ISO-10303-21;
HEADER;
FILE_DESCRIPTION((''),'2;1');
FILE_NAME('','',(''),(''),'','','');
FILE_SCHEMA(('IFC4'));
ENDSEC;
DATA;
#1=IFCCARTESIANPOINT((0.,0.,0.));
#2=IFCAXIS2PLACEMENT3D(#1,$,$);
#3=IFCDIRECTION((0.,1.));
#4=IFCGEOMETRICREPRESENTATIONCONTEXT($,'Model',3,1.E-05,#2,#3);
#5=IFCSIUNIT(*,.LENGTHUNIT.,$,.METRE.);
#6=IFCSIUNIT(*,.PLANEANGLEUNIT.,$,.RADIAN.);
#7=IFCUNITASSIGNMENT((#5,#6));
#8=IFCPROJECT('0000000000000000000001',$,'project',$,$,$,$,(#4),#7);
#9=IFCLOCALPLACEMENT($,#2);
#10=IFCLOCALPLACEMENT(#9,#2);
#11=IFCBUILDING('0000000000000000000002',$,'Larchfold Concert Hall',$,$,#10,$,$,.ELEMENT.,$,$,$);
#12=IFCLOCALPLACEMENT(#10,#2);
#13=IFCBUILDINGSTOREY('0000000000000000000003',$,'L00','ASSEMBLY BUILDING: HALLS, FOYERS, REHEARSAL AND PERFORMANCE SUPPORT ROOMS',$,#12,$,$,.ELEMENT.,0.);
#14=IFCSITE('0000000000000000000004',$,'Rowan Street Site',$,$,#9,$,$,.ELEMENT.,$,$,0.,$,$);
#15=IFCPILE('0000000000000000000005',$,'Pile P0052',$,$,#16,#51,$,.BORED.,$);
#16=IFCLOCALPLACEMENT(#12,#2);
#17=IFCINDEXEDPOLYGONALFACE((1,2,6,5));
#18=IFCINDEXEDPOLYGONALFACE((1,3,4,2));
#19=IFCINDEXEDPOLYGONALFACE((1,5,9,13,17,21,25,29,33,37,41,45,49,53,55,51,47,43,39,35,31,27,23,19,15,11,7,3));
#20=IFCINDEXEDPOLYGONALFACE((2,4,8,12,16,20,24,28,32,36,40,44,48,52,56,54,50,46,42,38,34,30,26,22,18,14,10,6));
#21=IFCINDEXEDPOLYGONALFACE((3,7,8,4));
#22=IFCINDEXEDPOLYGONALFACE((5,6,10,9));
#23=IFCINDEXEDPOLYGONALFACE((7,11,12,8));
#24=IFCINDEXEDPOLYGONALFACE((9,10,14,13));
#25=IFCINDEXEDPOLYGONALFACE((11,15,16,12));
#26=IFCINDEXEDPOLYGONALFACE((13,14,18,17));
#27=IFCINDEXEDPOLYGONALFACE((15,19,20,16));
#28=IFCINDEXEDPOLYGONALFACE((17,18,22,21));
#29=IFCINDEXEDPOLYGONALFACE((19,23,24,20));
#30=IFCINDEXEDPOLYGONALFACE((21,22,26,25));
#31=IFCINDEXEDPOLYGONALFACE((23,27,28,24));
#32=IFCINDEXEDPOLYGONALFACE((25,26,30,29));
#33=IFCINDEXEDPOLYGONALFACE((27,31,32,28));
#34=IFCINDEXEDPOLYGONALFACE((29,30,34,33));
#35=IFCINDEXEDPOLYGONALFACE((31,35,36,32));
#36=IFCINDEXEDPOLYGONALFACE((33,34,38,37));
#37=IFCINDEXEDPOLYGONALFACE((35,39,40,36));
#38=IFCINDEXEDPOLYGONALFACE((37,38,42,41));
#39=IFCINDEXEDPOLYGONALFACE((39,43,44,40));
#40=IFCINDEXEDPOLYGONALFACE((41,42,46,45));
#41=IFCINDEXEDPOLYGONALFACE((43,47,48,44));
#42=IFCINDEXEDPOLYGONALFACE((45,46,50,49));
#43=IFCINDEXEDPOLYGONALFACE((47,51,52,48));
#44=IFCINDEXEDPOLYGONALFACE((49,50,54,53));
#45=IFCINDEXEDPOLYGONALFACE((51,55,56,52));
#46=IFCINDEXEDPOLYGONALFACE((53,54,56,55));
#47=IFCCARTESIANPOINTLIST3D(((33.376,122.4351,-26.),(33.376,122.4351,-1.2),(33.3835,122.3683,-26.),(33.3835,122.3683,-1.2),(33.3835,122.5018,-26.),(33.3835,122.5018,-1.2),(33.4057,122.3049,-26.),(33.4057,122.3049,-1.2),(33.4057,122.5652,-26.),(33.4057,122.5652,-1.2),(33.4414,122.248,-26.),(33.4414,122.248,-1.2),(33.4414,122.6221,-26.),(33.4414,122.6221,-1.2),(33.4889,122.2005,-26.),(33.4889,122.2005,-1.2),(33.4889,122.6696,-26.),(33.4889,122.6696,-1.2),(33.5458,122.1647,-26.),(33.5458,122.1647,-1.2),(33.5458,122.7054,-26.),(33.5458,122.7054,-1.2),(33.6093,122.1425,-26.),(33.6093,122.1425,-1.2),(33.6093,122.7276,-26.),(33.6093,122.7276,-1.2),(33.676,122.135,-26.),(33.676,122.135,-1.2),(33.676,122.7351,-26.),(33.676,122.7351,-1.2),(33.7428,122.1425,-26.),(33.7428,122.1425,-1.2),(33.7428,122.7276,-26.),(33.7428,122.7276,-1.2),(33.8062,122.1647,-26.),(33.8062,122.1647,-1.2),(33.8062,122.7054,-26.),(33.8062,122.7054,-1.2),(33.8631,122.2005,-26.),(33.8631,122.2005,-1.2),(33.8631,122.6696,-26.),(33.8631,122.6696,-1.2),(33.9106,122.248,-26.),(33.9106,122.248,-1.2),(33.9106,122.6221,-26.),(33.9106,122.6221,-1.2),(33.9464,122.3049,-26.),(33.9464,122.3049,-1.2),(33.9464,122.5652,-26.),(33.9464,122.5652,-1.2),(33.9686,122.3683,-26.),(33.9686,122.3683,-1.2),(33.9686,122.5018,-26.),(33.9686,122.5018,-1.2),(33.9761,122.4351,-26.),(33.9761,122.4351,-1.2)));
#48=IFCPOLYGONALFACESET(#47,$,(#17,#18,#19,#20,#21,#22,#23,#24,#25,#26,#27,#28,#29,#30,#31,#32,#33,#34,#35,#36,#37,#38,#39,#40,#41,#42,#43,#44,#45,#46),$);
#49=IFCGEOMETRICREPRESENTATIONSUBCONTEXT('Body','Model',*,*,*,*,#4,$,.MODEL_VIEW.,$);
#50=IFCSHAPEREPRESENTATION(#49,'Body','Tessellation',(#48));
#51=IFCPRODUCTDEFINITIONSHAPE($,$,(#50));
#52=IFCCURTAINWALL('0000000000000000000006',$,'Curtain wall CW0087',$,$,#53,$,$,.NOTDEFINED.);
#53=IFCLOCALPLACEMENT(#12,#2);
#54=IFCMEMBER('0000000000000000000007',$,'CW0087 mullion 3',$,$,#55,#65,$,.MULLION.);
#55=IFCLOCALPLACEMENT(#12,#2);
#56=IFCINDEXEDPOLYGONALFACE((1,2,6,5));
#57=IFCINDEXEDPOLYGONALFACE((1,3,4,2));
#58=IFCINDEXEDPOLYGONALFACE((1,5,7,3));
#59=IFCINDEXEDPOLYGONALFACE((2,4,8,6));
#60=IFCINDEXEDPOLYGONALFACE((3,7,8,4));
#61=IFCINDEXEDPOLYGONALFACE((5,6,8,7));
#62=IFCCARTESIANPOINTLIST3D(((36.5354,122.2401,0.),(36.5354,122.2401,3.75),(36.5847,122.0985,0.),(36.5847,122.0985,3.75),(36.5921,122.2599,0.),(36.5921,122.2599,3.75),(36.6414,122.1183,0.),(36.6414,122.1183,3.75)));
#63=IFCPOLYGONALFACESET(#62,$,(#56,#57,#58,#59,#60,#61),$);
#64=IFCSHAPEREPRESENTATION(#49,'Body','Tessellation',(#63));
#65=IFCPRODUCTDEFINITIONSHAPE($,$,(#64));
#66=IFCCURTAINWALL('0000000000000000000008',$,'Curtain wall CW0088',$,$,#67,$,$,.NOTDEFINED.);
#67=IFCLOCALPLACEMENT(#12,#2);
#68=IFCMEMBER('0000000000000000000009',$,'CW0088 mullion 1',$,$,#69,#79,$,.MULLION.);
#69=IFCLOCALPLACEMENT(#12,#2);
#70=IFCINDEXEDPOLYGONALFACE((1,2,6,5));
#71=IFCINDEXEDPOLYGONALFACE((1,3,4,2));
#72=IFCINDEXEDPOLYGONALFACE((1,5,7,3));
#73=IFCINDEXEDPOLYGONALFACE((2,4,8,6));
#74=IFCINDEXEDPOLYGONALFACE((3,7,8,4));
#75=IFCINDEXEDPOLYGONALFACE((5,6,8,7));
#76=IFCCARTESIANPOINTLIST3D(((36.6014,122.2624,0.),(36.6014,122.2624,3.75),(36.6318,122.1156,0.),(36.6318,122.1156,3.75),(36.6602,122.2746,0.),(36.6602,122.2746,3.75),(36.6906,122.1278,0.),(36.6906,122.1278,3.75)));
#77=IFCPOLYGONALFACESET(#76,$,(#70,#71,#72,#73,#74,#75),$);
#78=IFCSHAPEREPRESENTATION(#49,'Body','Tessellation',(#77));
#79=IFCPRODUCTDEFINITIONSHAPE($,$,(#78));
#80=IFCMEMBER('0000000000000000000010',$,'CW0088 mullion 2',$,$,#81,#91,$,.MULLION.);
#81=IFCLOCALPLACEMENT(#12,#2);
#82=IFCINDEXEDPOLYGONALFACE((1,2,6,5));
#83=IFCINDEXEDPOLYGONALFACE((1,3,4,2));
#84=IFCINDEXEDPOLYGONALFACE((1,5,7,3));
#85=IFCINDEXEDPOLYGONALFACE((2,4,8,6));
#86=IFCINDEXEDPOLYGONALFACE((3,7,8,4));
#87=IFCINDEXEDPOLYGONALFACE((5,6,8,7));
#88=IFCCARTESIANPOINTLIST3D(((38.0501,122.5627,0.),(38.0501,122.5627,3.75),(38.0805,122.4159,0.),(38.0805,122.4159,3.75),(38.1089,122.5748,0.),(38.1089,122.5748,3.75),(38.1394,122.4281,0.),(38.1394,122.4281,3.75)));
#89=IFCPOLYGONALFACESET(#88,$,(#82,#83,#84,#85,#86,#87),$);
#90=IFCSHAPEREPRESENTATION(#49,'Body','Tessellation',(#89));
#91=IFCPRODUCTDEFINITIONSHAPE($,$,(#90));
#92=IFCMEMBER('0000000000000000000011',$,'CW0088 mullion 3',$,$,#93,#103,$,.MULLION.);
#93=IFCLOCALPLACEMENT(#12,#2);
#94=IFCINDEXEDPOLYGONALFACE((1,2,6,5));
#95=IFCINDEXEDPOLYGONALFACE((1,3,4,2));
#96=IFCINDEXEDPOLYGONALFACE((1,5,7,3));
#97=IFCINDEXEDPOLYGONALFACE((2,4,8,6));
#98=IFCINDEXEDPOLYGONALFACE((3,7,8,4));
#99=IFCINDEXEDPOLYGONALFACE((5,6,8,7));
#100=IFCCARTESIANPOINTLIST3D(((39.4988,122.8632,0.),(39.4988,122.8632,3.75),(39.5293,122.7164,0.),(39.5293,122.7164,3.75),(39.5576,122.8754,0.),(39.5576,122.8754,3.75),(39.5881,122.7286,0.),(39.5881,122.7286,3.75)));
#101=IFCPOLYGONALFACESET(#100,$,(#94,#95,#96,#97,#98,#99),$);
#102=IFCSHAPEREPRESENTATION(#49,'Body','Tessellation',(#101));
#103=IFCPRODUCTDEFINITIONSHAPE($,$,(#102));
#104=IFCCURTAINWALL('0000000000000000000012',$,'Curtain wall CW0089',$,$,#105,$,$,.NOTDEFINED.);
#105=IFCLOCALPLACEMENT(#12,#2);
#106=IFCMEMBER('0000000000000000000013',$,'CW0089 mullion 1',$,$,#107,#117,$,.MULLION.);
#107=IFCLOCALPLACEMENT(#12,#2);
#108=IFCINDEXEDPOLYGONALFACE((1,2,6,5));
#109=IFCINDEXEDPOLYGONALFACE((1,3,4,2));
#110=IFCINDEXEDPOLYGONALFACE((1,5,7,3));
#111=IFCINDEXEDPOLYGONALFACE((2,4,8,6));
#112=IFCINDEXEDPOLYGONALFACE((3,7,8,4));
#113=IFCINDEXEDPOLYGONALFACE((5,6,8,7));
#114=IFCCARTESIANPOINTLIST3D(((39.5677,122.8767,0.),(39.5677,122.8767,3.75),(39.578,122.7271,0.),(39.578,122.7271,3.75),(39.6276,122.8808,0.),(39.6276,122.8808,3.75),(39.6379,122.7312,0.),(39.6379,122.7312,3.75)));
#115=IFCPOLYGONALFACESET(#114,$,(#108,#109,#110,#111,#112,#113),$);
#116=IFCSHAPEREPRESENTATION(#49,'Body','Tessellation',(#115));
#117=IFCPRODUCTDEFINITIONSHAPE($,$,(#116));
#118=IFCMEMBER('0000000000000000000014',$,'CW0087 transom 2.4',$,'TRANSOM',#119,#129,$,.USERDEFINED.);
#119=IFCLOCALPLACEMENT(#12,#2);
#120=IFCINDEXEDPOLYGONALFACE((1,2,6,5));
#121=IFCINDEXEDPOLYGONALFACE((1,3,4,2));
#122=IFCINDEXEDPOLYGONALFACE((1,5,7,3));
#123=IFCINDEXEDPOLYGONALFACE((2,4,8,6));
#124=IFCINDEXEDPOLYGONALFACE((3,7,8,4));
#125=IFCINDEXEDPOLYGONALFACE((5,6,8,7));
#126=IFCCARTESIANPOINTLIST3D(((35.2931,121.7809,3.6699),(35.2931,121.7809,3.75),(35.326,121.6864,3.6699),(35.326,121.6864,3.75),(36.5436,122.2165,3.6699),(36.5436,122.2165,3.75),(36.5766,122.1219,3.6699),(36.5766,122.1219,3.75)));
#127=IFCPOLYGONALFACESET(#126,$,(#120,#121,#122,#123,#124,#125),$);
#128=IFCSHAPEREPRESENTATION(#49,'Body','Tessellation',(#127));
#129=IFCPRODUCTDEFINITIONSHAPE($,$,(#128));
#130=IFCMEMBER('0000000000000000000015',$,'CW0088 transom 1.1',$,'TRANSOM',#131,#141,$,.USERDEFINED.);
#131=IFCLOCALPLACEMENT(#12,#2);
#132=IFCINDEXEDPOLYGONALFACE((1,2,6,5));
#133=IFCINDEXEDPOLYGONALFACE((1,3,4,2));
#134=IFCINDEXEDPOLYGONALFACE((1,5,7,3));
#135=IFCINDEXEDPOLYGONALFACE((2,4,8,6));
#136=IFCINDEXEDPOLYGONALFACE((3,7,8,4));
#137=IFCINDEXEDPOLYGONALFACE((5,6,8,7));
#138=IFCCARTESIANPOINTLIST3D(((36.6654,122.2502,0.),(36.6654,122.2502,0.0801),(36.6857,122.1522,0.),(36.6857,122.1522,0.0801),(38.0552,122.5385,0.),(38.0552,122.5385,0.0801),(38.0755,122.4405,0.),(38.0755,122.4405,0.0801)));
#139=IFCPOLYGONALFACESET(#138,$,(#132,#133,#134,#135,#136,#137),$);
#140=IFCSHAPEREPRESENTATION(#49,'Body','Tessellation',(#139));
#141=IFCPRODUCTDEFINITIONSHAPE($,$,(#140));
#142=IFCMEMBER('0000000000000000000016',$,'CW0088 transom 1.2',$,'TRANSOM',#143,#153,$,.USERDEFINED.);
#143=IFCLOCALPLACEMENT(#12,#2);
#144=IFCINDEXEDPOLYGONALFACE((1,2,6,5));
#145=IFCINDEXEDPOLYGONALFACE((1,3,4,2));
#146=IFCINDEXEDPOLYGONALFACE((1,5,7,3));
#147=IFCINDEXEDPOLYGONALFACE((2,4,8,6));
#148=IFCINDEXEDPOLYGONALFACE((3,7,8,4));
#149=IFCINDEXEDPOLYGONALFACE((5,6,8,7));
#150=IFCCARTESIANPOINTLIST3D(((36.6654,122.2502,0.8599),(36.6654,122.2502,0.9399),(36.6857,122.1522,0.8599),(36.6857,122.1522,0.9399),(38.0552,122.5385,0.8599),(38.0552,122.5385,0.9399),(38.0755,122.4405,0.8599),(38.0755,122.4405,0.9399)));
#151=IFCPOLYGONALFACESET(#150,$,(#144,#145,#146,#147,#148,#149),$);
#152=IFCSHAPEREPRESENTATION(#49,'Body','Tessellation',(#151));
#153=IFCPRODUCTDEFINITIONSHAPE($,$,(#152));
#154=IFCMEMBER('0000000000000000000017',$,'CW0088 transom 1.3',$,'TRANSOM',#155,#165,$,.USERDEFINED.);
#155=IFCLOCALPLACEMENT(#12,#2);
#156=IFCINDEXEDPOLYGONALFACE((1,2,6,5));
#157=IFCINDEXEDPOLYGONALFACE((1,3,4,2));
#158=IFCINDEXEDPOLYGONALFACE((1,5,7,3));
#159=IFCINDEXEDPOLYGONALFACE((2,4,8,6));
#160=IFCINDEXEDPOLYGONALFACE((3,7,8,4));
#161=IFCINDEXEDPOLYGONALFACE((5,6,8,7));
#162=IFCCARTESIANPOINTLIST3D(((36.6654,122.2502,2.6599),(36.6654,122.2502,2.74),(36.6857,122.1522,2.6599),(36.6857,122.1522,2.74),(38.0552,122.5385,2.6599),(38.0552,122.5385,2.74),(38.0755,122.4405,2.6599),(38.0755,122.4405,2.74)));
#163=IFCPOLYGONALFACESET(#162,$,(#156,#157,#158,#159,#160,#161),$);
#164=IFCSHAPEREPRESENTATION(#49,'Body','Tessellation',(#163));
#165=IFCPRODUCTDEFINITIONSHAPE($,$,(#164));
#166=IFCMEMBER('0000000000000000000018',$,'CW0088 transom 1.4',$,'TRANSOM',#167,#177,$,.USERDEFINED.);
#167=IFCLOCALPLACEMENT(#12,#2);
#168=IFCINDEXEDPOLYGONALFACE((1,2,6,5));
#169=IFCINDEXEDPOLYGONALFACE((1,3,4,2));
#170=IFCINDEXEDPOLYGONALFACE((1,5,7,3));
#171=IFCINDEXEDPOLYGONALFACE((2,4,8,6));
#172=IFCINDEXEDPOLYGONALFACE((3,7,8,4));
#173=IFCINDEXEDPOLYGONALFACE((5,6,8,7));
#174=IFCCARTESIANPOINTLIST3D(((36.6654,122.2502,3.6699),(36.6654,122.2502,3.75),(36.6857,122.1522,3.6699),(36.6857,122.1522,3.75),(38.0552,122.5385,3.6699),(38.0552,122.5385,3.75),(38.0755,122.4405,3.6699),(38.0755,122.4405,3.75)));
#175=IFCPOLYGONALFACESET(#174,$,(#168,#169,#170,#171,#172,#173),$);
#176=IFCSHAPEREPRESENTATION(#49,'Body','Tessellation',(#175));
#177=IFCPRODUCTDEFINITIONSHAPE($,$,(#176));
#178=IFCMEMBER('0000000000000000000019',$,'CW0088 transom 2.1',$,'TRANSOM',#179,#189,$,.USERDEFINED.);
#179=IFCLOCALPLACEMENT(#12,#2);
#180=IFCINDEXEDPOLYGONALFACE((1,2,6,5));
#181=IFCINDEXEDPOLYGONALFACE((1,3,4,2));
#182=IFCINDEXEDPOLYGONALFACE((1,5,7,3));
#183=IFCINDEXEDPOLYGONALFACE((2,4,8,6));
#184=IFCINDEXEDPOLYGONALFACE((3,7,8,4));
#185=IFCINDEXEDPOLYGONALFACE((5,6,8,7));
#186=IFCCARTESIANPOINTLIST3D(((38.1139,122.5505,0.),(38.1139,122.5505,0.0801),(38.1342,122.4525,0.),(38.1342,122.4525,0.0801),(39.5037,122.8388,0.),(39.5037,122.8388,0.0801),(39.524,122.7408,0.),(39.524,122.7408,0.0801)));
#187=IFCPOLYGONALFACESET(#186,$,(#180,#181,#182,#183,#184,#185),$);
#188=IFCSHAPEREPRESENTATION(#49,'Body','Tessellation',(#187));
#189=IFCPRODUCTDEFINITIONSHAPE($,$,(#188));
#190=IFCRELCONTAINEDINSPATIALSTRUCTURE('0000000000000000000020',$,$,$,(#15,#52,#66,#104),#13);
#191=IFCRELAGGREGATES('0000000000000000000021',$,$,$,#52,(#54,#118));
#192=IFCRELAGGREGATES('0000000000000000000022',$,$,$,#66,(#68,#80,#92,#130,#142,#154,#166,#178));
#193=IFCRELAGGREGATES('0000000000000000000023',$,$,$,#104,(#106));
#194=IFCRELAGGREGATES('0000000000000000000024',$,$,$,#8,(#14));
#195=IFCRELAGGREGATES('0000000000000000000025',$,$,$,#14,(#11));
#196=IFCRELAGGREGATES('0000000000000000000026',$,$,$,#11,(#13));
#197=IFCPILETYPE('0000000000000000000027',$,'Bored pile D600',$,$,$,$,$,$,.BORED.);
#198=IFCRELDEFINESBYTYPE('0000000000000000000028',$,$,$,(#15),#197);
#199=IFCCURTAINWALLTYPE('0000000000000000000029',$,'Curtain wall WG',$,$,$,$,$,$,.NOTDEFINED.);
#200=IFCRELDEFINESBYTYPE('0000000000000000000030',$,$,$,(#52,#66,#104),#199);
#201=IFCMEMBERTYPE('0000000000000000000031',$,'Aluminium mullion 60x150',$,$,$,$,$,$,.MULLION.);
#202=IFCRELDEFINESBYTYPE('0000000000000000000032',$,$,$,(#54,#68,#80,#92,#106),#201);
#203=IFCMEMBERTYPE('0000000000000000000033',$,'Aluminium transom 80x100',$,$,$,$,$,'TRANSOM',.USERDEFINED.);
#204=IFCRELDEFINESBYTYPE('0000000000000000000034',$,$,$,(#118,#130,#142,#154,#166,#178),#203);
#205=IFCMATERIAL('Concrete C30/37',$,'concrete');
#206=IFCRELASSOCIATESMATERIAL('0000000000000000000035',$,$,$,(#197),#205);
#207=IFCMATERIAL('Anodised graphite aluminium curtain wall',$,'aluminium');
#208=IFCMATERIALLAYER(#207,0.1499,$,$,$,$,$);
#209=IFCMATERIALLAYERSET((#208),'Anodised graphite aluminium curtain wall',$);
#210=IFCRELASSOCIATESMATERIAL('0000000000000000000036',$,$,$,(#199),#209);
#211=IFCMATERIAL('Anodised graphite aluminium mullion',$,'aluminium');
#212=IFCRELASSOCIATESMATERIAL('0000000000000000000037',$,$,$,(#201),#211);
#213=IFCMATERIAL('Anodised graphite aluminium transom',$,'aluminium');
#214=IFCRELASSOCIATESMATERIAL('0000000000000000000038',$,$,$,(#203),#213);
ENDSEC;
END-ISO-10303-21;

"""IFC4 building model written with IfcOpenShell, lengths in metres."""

from ifc_helpers import new_model, si_unit, direction, frame, origin, origin_2d, place, context, subcontext, project, spatial, rectangle, circle, extrude, material, layer, layer_set, material_profile, profile_set, type_object, element, aggregate, save


model = new_model("IFC4")

# Units and contexts
model_context = context("Model", 3, precision=1e-05, world=origin(), true_north=direction((0.0, 1.0)))
body_context = subcontext(model_context, "Body", "Model", "MODEL_VIEW")
ifc_project = project(units=[si_unit("LENGTHUNIT", "METRE"), si_unit("PLANEANGLEUNIT", "RADIAN")], contexts=[model_context])

# Site, building, storey
site_placement = place(None, origin())
site = spatial("IfcSite", under=ifc_project, at=site_placement, Name="Rowan Street Site", CompositionType="ELEMENT", RefElevation=0.0)
building_placement = place(site_placement, origin())
building = spatial("IfcBuilding", under=site, at=building_placement, Name="Larchfold Concert Hall", CompositionType="ELEMENT")
storey_placement = place(building_placement, origin())
storey = spatial("IfcBuildingStorey", under=building, at=storey_placement, Name="L00", Description="ASSEMBLY BUILDING: HALLS, FOYERS, REHEARSAL AND PERFORMANCE SUPPORT ROOMS", CompositionType="ELEMENT", Elevation=0.0)

# Pile
ifc_material_1 = material(Name="Concrete C30/37", Category="concrete")
ifc_material_profile_1 = material_profile(ifc_material_1, circle(Radius=0.3, at=origin_2d()))
ifc_profile_set_1 = profile_set([ifc_material_profile_1], Name="Concrete C30/37")
pile_type = type_object("IfcPileType", Name="Bored pile D600", PredefinedType="BORED", material=ifc_profile_set_1)
pile_placement = place(storey_placement, frame((33.676, 122.4351, -1.2), z_axis=(0.0, 0.0, -1.0), x_axis=(1.0, 0.0, 0.0)))
element("IfcPile", 1, at=pile_placement, inside=storey, type_object=pile_type, Name="Pile P0052", PredefinedType="BORED", context=body_context, shape_type="SweptSolid", body=[
    extrude(circle(Radius=0.3, at=origin_2d()), origin(), (0.0, 0.0, 1.0), 24.8),
])

# Curtain wall, member
ifc_material_2 = material(Name="Anodised graphite aluminium curtain wall", Category="aluminium")
ifc_layer_1 = layer(ifc_material_2, 0.1499)
ifc_layer_set_1 = layer_set([ifc_layer_1], Name="Anodised graphite aluminium curtain wall")
curtain_wall_type = type_object("IfcCurtainWallType", Name="Curtain wall WG", PredefinedType="NOTDEFINED", material=ifc_layer_set_1)
curtain_wall_1_placement = place(storey_placement, origin())
curtain_wall_1 = element("IfcCurtainWall", 2, at=curtain_wall_1_placement, inside=storey, type_object=curtain_wall_type, Name="Curtain wall CW0087", PredefinedType="NOTDEFINED")
ifc_material_3 = material(Name="Anodised graphite aluminium mullion", Category="aluminium")
ifc_material_profile_2 = material_profile(ifc_material_3, rectangle(XDim=0.1499, YDim=0.0601, at=origin_2d()))
ifc_profile_set_2 = profile_set([ifc_material_profile_2], Name="Anodised graphite aluminium mullion")
member_type_1 = type_object("IfcMemberType", Name="Aluminium mullion 60x150", PredefinedType="MULLION", material=ifc_profile_set_2)
member_1_placement = place(storey_placement, frame((36.5884, 122.1792, 0.0), z_axis=(0.0, 0.0, 1.0), x_axis=(-0.328966, 0.944342, 0.0)))
member_1 = element("IfcMember", 3, at=member_1_placement, type_object=member_type_1, Name="CW0087 mullion 3", PredefinedType="MULLION", context=body_context, shape_type="SweptSolid", body=[
    extrude(rectangle(XDim=0.1499, YDim=0.0601, at=origin_2d()), origin(), (0.0, 0.0, 1.0), 3.75),
])

# Curtain wall, members
curtain_wall_2_placement = place(storey_placement, origin())
curtain_wall_2 = element("IfcCurtainWall", 4, at=curtain_wall_2_placement, inside=storey, type_object=curtain_wall_type, Name="Curtain wall CW0088", PredefinedType="NOTDEFINED")
member_2_placement = place(storey_placement, frame((36.646, 122.1951, 0.0), z_axis=(0.0, 0.0, 1.0), x_axis=(-0.203063, 0.979166, 0.0)))
member_2 = element("IfcMember", 5, at=member_2_placement, type_object=member_type_1, Name="CW0088 mullion 1", PredefinedType="MULLION", context=body_context, shape_type="SweptSolid", body=[
    extrude(rectangle(XDim=0.1499, YDim=0.0601, at=origin_2d()), origin(), (0.0, 0.0, 1.0), 3.75),
])
member_3_placement = place(storey_placement, frame((38.0947, 122.4954, 0.0), z_axis=(0.0, 0.0, 1.0), x_axis=(-0.203063, 0.979166, 0.0)))
member_3 = element("IfcMember", 6, at=member_3_placement, type_object=member_type_1, Name="CW0088 mullion 2", PredefinedType="MULLION", context=body_context, shape_type="SweptSolid", body=[
    extrude(rectangle(XDim=0.1499, YDim=0.0601, at=origin_2d()), origin(), (0.0, 0.0, 1.0), 3.75),
])
member_4_placement = place(storey_placement, frame((39.5435, 122.7959, 0.0), z_axis=(0.0, 0.0, 1.0), x_axis=(-0.203063, 0.979166, 0.0)))
member_4 = element("IfcMember", 7, at=member_4_placement, type_object=member_type_1, Name="CW0088 mullion 3", PredefinedType="MULLION", context=body_context, shape_type="SweptSolid", body=[
    extrude(rectangle(XDim=0.1499, YDim=0.0601, at=origin_2d()), origin(), (0.0, 0.0, 1.0), 3.75),
])

# Curtain wall, member
curtain_wall_3_placement = place(storey_placement, origin())
curtain_wall_3 = element("IfcCurtainWall", 8, at=curtain_wall_3_placement, inside=storey, type_object=curtain_wall_type, Name="Curtain wall CW0089", PredefinedType="NOTDEFINED")
member_5_placement = place(storey_placement, frame((39.6028, 122.804, 0.0), z_axis=(0.0, 0.0, 1.0), x_axis=(-0.0687, 0.997637, 0.0)))
member_5 = element("IfcMember", 9, at=member_5_placement, type_object=member_type_1, Name="CW0089 mullion 1", PredefinedType="MULLION", context=body_context, shape_type="SweptSolid", body=[
    extrude(rectangle(XDim=0.1499, YDim=0.0601, at=origin_2d()), origin(), (0.0, 0.0, 1.0), 3.75),
])

# Members
ifc_material_4 = material(Name="Anodised graphite aluminium transom", Category="aluminium")
ifc_material_profile_3 = material_profile(ifc_material_4, rectangle(XDim=0.1001, YDim=0.0801, at=origin_2d()))
ifc_profile_set_3 = profile_set([ifc_material_profile_3], Name="Anodised graphite aluminium transom")
member_type_2 = type_object("IfcMemberType", Name="Aluminium transom 80x100", ElementType="TRANSOM", PredefinedType="USERDEFINED", material=ifc_profile_set_3)
member_6_placement = place(storey_placement, frame((35.3096, 121.7336, 3.71), z_axis=(0.944357, 0.328921, 0.0), x_axis=(-0.328921, 0.944357, 0.0)))
member_6 = element("IfcMember", 10, at=member_6_placement, type_object=member_type_2, Name="CW0087 transom 2.4", ObjectType="TRANSOM", PredefinedType="USERDEFINED", context=body_context, shape_type="SweptSolid", body=[
    extrude(rectangle(XDim=0.1001, YDim=0.0801, at=origin_2d()), origin(), (0.0, 0.0, 1.0), 1.3242),
])
member_7_placement = place(storey_placement, frame((36.6755, 122.2012, 0.04), z_axis=(0.979153, 0.203123, 0.0), x_axis=(-0.203123, 0.979153, 0.0)))
member_7 = element("IfcMember", 11, at=member_7_placement, type_object=member_type_2, Name="CW0088 transom 1.1", ObjectType="TRANSOM", PredefinedType="USERDEFINED", context=body_context, shape_type="SweptSolid", body=[
    extrude(rectangle(XDim=0.1001, YDim=0.0801, at=origin_2d()), origin(), (0.0, 0.0, 1.0), 1.4194),
])
member_8_placement = place(storey_placement, frame((36.6755, 122.2012, 0.8999), z_axis=(0.979153, 0.203123, 0.0), x_axis=(-0.203123, 0.979153, 0.0)))
member_8 = element("IfcMember", 12, at=member_8_placement, type_object=member_type_2, Name="CW0088 transom 1.2", ObjectType="TRANSOM", PredefinedType="USERDEFINED", context=body_context, shape_type="SweptSolid", body=[
    extrude(rectangle(XDim=0.1001, YDim=0.0801, at=origin_2d()), origin(), (0.0, 0.0, 1.0), 1.4194),
])
member_9_placement = place(storey_placement, frame((36.6755, 122.2012, 2.7), z_axis=(0.979153, 0.203123, 0.0), x_axis=(-0.203123, 0.979153, 0.0)))
member_9 = element("IfcMember", 13, at=member_9_placement, type_object=member_type_2, Name="CW0088 transom 1.3", ObjectType="TRANSOM", PredefinedType="USERDEFINED", context=body_context, shape_type="SweptSolid", body=[
    extrude(rectangle(XDim=0.1001, YDim=0.0801, at=origin_2d()), origin(), (0.0, 0.0, 1.0), 1.4194),
])
member_10_placement = place(storey_placement, frame((36.6755, 122.2012, 3.71), z_axis=(0.979153, 0.203123, 0.0), x_axis=(-0.203123, 0.979153, 0.0)))
member_10 = element("IfcMember", 14, at=member_10_placement, type_object=member_type_2, Name="CW0088 transom 1.4", ObjectType="TRANSOM", PredefinedType="USERDEFINED", context=body_context, shape_type="SweptSolid", body=[
    extrude(rectangle(XDim=0.1001, YDim=0.0801, at=origin_2d()), origin(), (0.0, 0.0, 1.0), 1.4194),
])
member_11_placement = place(storey_placement, frame((38.124, 122.5015, 0.04), z_axis=(0.979153, 0.203123, 0.0), x_axis=(-0.203123, 0.979153, 0.0)))
member_11 = element("IfcMember", 15, at=member_11_placement, type_object=member_type_2, Name="CW0088 transom 2.1", ObjectType="TRANSOM", PredefinedType="USERDEFINED", context=body_context, shape_type="SweptSolid", body=[
    extrude(rectangle(XDim=0.1001, YDim=0.0801, at=origin_2d()), origin(), (0.0, 0.0, 1.0), 1.4194),
])

aggregate(curtain_wall_1, [member_1, member_6])
aggregate(curtain_wall_2, [member_2, member_3, member_4, member_7, member_8, member_9, member_10, member_11])
aggregate(curtain_wall_3, [member_5])

save(model, "model.ifc")
